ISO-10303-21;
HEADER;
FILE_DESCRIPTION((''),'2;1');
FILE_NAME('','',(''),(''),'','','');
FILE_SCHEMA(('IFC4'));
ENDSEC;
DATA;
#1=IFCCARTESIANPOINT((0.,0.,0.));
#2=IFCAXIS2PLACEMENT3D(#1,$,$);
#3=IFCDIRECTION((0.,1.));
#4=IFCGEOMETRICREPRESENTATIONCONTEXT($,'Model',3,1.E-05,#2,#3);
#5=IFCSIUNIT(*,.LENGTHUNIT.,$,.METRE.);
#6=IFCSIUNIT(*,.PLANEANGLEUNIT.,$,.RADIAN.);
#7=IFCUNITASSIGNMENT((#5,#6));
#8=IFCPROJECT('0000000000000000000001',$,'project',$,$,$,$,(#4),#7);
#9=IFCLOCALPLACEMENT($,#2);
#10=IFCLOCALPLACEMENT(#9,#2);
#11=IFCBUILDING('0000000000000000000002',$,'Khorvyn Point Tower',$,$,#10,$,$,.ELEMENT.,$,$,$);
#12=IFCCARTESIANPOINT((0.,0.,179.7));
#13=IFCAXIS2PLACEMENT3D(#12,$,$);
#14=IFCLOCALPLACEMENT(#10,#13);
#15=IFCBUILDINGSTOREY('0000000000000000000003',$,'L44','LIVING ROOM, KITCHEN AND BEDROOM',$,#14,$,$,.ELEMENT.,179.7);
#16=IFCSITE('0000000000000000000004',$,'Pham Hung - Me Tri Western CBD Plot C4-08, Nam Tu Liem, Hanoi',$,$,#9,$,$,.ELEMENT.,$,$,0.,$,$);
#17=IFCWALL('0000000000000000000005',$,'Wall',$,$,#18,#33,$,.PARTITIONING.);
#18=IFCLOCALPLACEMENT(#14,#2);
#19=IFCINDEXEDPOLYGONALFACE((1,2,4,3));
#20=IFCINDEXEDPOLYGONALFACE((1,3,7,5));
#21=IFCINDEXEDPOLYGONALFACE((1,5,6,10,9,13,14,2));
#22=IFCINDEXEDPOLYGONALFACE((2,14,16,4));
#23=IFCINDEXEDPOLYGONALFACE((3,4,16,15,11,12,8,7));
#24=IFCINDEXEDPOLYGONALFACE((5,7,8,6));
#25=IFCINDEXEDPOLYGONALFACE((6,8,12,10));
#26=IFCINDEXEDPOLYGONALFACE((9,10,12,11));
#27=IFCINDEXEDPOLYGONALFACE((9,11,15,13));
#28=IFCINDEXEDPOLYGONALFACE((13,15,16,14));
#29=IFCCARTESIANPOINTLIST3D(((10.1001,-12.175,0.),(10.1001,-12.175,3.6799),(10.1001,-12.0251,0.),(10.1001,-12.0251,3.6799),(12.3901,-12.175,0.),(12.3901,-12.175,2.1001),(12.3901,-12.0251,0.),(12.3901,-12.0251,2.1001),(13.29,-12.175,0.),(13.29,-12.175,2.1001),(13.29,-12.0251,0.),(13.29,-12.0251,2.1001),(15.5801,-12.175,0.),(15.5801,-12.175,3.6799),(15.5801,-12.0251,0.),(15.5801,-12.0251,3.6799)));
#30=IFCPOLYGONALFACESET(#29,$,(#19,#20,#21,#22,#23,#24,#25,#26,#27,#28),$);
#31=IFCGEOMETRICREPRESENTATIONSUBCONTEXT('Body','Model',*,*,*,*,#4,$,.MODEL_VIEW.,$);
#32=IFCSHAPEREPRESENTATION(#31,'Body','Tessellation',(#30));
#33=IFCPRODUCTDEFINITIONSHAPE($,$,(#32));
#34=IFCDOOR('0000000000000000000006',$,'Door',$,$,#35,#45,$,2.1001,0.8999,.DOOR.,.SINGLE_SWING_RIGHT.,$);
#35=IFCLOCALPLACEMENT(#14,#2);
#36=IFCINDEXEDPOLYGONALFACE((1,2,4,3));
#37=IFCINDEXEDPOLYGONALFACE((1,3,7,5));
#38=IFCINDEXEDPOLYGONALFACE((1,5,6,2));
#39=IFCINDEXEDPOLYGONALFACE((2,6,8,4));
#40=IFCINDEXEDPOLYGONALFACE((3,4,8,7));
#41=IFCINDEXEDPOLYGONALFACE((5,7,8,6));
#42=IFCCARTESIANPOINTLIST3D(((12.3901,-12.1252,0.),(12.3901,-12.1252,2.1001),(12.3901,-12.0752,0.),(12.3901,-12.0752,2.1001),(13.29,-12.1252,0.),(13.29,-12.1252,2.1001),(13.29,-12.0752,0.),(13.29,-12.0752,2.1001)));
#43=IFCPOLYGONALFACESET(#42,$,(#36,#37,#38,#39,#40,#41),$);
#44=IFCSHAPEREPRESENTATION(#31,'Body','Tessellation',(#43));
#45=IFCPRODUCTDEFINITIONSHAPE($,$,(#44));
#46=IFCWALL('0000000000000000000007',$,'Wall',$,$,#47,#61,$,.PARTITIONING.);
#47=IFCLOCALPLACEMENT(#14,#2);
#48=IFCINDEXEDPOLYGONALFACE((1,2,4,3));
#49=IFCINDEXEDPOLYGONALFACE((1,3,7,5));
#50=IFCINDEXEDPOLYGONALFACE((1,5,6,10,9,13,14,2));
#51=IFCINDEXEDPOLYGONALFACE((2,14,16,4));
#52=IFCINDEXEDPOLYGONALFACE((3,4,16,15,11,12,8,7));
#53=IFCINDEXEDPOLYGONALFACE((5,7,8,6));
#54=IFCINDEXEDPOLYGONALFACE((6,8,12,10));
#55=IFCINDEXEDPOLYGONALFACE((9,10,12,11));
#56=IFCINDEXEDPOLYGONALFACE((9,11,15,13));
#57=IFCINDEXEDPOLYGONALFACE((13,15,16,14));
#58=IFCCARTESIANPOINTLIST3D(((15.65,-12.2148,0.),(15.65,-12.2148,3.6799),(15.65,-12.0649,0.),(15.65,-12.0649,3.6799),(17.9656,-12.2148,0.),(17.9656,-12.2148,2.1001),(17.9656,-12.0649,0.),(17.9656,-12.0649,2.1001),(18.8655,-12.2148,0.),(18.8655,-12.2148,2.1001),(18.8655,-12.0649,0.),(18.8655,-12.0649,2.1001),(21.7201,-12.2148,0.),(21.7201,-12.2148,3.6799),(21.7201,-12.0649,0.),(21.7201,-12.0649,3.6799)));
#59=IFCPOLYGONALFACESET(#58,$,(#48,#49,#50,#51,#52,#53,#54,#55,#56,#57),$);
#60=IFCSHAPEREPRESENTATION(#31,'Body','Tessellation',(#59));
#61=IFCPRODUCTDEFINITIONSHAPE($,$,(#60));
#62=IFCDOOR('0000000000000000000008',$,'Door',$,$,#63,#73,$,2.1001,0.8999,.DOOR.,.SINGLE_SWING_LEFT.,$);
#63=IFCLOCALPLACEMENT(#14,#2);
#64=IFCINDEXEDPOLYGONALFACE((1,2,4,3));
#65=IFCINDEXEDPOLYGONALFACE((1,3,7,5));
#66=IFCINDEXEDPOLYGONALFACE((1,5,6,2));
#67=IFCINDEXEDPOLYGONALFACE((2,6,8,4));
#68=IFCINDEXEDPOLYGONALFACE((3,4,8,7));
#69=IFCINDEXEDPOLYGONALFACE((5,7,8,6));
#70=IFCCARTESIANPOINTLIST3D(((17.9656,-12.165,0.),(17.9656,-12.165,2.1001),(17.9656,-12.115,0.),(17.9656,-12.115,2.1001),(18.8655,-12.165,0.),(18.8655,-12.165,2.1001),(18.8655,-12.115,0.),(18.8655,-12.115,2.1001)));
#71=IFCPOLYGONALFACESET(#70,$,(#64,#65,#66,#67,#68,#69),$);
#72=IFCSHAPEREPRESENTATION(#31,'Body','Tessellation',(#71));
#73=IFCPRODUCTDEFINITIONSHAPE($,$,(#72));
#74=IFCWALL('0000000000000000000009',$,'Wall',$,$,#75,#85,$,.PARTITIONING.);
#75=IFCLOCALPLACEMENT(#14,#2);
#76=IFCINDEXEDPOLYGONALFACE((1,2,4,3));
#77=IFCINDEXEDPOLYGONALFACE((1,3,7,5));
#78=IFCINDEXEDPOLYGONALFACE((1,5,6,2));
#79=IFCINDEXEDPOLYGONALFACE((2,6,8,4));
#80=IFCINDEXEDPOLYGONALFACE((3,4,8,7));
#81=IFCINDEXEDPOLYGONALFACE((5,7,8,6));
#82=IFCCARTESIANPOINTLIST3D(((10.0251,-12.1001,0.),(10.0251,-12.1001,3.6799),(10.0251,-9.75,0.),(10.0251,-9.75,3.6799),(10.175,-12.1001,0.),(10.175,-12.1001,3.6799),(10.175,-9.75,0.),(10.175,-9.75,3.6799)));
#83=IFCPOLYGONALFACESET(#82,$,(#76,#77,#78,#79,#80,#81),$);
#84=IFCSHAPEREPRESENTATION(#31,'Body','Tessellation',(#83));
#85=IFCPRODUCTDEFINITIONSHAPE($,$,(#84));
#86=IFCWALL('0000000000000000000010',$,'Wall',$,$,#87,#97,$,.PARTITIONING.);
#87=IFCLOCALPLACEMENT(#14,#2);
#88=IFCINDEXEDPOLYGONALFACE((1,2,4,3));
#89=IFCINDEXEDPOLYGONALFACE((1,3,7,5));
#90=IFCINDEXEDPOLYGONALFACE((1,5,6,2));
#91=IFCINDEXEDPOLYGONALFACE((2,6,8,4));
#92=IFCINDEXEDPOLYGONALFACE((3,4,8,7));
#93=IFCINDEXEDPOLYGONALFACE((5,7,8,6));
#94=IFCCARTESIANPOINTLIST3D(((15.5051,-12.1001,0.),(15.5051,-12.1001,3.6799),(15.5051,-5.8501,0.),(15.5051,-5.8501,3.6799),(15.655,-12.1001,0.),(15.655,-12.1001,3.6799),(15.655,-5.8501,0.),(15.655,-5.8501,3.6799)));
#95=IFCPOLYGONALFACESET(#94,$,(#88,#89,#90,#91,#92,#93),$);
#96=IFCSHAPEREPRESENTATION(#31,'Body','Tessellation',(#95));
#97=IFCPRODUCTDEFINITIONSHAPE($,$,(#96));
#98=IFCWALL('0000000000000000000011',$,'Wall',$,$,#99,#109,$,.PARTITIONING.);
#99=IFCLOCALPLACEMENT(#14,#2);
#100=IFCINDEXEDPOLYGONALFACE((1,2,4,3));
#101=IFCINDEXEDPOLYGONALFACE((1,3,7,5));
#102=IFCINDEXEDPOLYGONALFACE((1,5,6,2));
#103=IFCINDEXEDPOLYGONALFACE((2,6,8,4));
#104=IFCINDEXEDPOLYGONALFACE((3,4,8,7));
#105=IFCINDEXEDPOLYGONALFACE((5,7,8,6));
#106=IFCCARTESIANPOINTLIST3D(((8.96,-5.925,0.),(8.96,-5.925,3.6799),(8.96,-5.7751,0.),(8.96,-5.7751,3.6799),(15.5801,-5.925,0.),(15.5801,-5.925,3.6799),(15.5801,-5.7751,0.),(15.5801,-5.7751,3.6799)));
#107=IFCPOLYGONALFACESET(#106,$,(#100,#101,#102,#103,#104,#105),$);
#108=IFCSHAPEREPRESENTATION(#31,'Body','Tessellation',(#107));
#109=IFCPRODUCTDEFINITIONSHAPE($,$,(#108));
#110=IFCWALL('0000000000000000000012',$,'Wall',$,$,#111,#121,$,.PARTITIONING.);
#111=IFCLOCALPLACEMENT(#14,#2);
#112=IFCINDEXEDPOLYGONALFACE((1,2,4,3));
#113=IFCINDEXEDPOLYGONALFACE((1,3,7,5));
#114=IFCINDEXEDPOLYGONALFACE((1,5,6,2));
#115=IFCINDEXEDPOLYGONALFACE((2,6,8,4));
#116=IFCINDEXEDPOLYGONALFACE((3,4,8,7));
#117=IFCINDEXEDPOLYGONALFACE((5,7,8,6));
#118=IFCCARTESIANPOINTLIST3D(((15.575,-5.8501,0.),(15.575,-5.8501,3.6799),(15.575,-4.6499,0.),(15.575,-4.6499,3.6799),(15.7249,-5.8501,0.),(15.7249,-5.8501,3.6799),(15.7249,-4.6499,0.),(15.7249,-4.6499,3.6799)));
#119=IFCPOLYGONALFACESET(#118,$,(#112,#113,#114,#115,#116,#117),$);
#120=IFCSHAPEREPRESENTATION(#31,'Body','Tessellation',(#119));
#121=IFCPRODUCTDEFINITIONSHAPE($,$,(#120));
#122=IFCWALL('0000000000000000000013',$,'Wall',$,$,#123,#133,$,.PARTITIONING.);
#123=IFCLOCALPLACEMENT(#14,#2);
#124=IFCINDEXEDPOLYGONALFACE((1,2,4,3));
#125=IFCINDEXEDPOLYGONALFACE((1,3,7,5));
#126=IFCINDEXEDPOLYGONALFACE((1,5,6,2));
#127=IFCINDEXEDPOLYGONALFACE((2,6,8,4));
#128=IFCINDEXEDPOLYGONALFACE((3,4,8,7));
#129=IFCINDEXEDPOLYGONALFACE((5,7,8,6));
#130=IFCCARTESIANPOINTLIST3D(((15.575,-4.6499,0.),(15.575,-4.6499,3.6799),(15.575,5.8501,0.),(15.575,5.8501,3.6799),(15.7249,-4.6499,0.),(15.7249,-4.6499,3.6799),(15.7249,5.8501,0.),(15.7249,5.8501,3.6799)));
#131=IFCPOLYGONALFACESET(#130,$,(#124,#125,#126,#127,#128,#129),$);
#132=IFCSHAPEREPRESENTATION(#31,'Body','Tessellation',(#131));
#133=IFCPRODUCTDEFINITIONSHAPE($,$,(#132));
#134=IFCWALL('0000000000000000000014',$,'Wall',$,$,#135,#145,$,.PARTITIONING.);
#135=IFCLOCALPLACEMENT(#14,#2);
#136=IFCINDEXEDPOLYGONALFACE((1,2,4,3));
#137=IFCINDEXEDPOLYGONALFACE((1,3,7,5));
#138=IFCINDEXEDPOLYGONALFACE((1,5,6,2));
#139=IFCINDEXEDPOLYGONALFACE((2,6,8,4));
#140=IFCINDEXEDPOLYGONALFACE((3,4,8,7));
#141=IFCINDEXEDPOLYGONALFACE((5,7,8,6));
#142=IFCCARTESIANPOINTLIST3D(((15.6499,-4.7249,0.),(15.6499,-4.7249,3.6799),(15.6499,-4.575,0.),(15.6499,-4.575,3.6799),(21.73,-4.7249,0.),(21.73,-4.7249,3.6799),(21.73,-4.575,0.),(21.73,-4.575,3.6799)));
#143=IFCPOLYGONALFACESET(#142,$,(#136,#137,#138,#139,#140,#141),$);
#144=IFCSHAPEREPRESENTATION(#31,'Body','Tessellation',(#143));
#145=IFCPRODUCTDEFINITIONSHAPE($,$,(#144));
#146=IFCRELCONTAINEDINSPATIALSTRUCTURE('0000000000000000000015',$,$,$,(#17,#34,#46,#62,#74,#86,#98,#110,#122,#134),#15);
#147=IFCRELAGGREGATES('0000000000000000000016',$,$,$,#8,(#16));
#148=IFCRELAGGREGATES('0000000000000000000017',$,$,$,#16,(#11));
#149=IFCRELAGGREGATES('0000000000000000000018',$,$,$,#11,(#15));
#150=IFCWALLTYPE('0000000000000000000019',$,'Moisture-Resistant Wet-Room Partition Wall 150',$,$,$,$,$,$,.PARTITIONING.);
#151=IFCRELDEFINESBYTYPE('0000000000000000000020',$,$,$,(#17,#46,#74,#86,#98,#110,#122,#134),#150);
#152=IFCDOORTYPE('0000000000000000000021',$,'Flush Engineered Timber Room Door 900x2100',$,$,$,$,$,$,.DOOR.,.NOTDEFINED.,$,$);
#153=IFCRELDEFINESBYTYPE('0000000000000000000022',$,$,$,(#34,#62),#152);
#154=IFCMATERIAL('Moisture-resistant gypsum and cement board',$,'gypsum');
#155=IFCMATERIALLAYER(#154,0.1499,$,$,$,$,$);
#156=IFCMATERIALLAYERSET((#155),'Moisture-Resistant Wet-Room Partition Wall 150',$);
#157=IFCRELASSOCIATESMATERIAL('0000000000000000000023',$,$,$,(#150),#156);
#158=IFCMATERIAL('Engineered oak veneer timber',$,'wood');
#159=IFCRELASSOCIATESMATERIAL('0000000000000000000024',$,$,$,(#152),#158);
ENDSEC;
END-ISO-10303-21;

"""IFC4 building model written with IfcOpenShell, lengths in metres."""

from ifc_helpers import new_model, si_unit, direction, frame, frame_2d, origin, place, context, subcontext, project, spatial, rectangle, extrude, material, layer, layer_set, type_object, element, fill, save


model = new_model("IFC4")

# Units and contexts
model_context = context("Model", 3, precision=1e-05, world=origin(), true_north=direction((0.0, 1.0)))
body_context = subcontext(model_context, "Body", "Model", "MODEL_VIEW")
ifc_project = project(units=[si_unit("LENGTHUNIT", "METRE"), si_unit("PLANEANGLEUNIT", "RADIAN")], contexts=[model_context])

# Site, building, storey
site_placement = place(None, origin())
site = spatial("IfcSite", under=ifc_project, at=site_placement, Name="Pham Hung - Me Tri Western CBD Plot C4-08, Nam Tu Liem, Hanoi", CompositionType="ELEMENT", RefElevation=0.0)
building_placement = place(site_placement, origin())
building = spatial("IfcBuilding", under=site, at=building_placement, Name="Khorvyn Point Tower", CompositionType="ELEMENT")
storey_placement = place(building_placement, frame((0.0, 0.0, 179.7)))
storey = spatial("IfcBuildingStorey", under=building, at=storey_placement, Name="L44", Description="LIVING ROOM, KITCHEN AND BEDROOM", CompositionType="ELEMENT", Elevation=179.7)

# Walls, openings, doors
ifc_material_1 = material(Name="Moisture-resistant gypsum and cement board", Category="gypsum")
ifc_layer_1 = layer(ifc_material_1, 0.1499)
ifc_layer_set_1 = layer_set([ifc_layer_1], Name="Moisture-Resistant Wet-Room Partition Wall 150")
wall_type_1 = type_object("IfcWallType", Name="Moisture-Resistant Wet-Room Partition Wall 150", PredefinedType="PARTITIONING", material=ifc_layer_set_1)
wall_1_placement = place(storey_placement, frame((10.1001, -12.1001, 0.0), z_axis=(0.0, 0.0, 1.0), x_axis=(1.0, 0.0, 0.0)))
wall_1 = element("IfcWall", 1, at=wall_1_placement, inside=storey, type_object=wall_type_1, Name="Wall", PredefinedType="PARTITIONING", context=body_context, shape_type="SweptSolid", body=[
    extrude(rectangle(XDim=5.48, YDim=0.1499, at=frame_2d((2.74, 0.0))), origin(), (0.0, 0.0, 1.0), 3.6799),
])
opening_1_placement = place(wall_1_placement, frame((2.29, 0.0, 0.0)))
opening_1 = element("IfcOpeningElement", 2, at=opening_1_placement, cuts=wall_1, PredefinedType="OPENING", context=body_context, shape_type="SweptSolid", body=[
    extrude(rectangle(XDim=0.8999, YDim=2.1001, at=frame_2d((0.45, 1.05))), frame((0.0, 0.085, 0.0), z_axis=(0.0, -1.0, 0.0), x_axis=(1.0, 0.0, 0.0)), (0.0, 0.0, 1.0), 0.1699),
])
ifc_material_2 = material(Name="Engineered oak veneer timber", Category="wood")
door_type = type_object("IfcDoorType", Name="Flush Engineered Timber Room Door 900x2100", OperationType="NOTDEFINED", PredefinedType="DOOR", material=ifc_material_2)
door_1_placement = place(opening_1_placement, origin())
door_1 = element("IfcDoor", 3, at=door_1_placement, inside=storey, type_object=door_type, Name="Door", OperationType="SINGLE_SWING_RIGHT", OverallHeight=2.1001, OverallWidth=0.8999, PredefinedType="DOOR", context=body_context, shape_type="SweptSolid", body=[
    extrude(rectangle(XDim=0.8999, YDim=2.1001, at=frame_2d((0.45, 1.05))), frame((0.0, 0.0249, 0.0), z_axis=(0.0, -1.0, 0.0), x_axis=(1.0, 0.0, 0.0)), (0.0, 0.0, 1.0), 0.05),
])
fill(opening_1, door_1)
wall_2_placement = place(storey_placement, frame((15.6499, -12.1399, 0.0), z_axis=(0.0, 0.0, 1.0), x_axis=(1.0, 0.0, 0.0)))
wall_2 = element("IfcWall", 4, at=wall_2_placement, inside=storey, type_object=wall_type_1, Name="Wall", PredefinedType="PARTITIONING", context=body_context, shape_type="SweptSolid", body=[
    extrude(rectangle(XDim=6.0701, YDim=0.1499, at=frame_2d((3.0352, 0.0))), origin(), (0.0, 0.0, 1.0), 3.6799),
])
opening_2_placement = place(wall_2_placement, frame((2.3157, 0.0, 0.0)))
opening_2 = element("IfcOpeningElement", 5, at=opening_2_placement, cuts=wall_2, PredefinedType="OPENING", context=body_context, shape_type="SweptSolid", body=[
    extrude(rectangle(XDim=0.8999, YDim=2.1001, at=frame_2d((0.45, 1.05))), frame((0.0, 0.085, 0.0), z_axis=(0.0, -1.0, 0.0), x_axis=(1.0, 0.0, 0.0)), (0.0, 0.0, 1.0), 0.1699),
])
door_2_placement = place(opening_2_placement, origin())
door_2 = element("IfcDoor", 6, at=door_2_placement, inside=storey, type_object=door_type, Name="Door", OperationType="SINGLE_SWING_LEFT", OverallHeight=2.1001, OverallWidth=0.8999, PredefinedType="DOOR", context=body_context, shape_type="SweptSolid", body=[
    extrude(rectangle(XDim=0.8999, YDim=2.1001, at=frame_2d((0.45, 1.05))), frame((0.0, 0.0249, 0.0), z_axis=(0.0, -1.0, 0.0), x_axis=(1.0, 0.0, 0.0)), (0.0, 0.0, 1.0), 0.05),
])
fill(opening_2, door_2)

# Walls
wall_3_placement = place(storey_placement, frame((10.1001, -12.1001, 0.0), z_axis=(0.0, 0.0, 1.0), x_axis=(0.0, 1.0, 0.0)))
element("IfcWall", 7, at=wall_3_placement, inside=storey, type_object=wall_type_1, Name="Wall", PredefinedType="PARTITIONING", context=body_context, shape_type="SweptSolid", body=[
    extrude(rectangle(XDim=2.3501, YDim=0.1499, at=frame_2d((1.175, 0.0))), origin(), (0.0, 0.0, 1.0), 3.6799),
])
wall_4_placement = place(storey_placement, frame((15.5801, -12.1001, 0.0), z_axis=(0.0, 0.0, 1.0), x_axis=(0.0, 1.0, 0.0)))
element("IfcWall", 8, at=wall_4_placement, inside=storey, type_object=wall_type_1, Name="Wall", PredefinedType="PARTITIONING", context=body_context, shape_type="SweptSolid", body=[
    extrude(rectangle(XDim=6.25, YDim=0.1499, at=frame_2d((3.125, 0.0))), origin(), (0.0, 0.0, 1.0), 3.6799),
])
wall_5_placement = place(storey_placement, frame((8.96, -5.8501, 0.0), z_axis=(0.0, 0.0, 1.0), x_axis=(1.0, 0.0, 0.0)))
element("IfcWall", 9, at=wall_5_placement, inside=storey, type_object=wall_type_1, Name="Wall", PredefinedType="PARTITIONING", context=body_context, shape_type="SweptSolid", body=[
    extrude(rectangle(XDim=6.6201, YDim=0.1499, at=frame_2d((3.3101, 0.0))), origin(), (0.0, 0.0, 1.0), 3.6799),
])
wall_6_placement = place(storey_placement, frame((15.6499, -5.8501, 0.0), z_axis=(0.0, 0.0, 1.0), x_axis=(0.0, 1.0, 0.0)))
element("IfcWall", 10, at=wall_6_placement, inside=storey, type_object=wall_type_1, Name="Wall", PredefinedType="PARTITIONING", context=body_context, shape_type="SweptSolid", body=[
    extrude(rectangle(XDim=1.2002, YDim=0.1499, at=frame_2d((0.6001, 0.0))), origin(), (0.0, 0.0, 1.0), 3.6799),
])
wall_7_placement = place(storey_placement, frame((15.6499, -4.6499, 0.0), z_axis=(0.0, 0.0, 1.0), x_axis=(0.0, 1.0, 0.0)))
element("IfcWall", 11, at=wall_7_placement, inside=storey, type_object=wall_type_1, Name="Wall", PredefinedType="PARTITIONING", context=body_context, shape_type="SweptSolid", body=[
    extrude(rectangle(XDim=10.5, YDim=0.1499, at=frame_2d((5.25, 0.0))), origin(), (0.0, 0.0, 1.0), 3.6799),
])
wall_8_placement = place(storey_placement, frame((15.6499, -4.6499, 0.0), z_axis=(0.0, 0.0, 1.0), x_axis=(1.0, 0.0, 0.0)))
element("IfcWall", 12, at=wall_8_placement, inside=storey, type_object=wall_type_1, Name="Wall", PredefinedType="PARTITIONING", context=body_context, shape_type="SweptSolid", body=[
    extrude(rectangle(XDim=6.0801, YDim=0.1499, at=frame_2d((3.04, 0.0))), origin(), (0.0, 0.0, 1.0), 3.6799),
])

save(model, "model.ifc")
